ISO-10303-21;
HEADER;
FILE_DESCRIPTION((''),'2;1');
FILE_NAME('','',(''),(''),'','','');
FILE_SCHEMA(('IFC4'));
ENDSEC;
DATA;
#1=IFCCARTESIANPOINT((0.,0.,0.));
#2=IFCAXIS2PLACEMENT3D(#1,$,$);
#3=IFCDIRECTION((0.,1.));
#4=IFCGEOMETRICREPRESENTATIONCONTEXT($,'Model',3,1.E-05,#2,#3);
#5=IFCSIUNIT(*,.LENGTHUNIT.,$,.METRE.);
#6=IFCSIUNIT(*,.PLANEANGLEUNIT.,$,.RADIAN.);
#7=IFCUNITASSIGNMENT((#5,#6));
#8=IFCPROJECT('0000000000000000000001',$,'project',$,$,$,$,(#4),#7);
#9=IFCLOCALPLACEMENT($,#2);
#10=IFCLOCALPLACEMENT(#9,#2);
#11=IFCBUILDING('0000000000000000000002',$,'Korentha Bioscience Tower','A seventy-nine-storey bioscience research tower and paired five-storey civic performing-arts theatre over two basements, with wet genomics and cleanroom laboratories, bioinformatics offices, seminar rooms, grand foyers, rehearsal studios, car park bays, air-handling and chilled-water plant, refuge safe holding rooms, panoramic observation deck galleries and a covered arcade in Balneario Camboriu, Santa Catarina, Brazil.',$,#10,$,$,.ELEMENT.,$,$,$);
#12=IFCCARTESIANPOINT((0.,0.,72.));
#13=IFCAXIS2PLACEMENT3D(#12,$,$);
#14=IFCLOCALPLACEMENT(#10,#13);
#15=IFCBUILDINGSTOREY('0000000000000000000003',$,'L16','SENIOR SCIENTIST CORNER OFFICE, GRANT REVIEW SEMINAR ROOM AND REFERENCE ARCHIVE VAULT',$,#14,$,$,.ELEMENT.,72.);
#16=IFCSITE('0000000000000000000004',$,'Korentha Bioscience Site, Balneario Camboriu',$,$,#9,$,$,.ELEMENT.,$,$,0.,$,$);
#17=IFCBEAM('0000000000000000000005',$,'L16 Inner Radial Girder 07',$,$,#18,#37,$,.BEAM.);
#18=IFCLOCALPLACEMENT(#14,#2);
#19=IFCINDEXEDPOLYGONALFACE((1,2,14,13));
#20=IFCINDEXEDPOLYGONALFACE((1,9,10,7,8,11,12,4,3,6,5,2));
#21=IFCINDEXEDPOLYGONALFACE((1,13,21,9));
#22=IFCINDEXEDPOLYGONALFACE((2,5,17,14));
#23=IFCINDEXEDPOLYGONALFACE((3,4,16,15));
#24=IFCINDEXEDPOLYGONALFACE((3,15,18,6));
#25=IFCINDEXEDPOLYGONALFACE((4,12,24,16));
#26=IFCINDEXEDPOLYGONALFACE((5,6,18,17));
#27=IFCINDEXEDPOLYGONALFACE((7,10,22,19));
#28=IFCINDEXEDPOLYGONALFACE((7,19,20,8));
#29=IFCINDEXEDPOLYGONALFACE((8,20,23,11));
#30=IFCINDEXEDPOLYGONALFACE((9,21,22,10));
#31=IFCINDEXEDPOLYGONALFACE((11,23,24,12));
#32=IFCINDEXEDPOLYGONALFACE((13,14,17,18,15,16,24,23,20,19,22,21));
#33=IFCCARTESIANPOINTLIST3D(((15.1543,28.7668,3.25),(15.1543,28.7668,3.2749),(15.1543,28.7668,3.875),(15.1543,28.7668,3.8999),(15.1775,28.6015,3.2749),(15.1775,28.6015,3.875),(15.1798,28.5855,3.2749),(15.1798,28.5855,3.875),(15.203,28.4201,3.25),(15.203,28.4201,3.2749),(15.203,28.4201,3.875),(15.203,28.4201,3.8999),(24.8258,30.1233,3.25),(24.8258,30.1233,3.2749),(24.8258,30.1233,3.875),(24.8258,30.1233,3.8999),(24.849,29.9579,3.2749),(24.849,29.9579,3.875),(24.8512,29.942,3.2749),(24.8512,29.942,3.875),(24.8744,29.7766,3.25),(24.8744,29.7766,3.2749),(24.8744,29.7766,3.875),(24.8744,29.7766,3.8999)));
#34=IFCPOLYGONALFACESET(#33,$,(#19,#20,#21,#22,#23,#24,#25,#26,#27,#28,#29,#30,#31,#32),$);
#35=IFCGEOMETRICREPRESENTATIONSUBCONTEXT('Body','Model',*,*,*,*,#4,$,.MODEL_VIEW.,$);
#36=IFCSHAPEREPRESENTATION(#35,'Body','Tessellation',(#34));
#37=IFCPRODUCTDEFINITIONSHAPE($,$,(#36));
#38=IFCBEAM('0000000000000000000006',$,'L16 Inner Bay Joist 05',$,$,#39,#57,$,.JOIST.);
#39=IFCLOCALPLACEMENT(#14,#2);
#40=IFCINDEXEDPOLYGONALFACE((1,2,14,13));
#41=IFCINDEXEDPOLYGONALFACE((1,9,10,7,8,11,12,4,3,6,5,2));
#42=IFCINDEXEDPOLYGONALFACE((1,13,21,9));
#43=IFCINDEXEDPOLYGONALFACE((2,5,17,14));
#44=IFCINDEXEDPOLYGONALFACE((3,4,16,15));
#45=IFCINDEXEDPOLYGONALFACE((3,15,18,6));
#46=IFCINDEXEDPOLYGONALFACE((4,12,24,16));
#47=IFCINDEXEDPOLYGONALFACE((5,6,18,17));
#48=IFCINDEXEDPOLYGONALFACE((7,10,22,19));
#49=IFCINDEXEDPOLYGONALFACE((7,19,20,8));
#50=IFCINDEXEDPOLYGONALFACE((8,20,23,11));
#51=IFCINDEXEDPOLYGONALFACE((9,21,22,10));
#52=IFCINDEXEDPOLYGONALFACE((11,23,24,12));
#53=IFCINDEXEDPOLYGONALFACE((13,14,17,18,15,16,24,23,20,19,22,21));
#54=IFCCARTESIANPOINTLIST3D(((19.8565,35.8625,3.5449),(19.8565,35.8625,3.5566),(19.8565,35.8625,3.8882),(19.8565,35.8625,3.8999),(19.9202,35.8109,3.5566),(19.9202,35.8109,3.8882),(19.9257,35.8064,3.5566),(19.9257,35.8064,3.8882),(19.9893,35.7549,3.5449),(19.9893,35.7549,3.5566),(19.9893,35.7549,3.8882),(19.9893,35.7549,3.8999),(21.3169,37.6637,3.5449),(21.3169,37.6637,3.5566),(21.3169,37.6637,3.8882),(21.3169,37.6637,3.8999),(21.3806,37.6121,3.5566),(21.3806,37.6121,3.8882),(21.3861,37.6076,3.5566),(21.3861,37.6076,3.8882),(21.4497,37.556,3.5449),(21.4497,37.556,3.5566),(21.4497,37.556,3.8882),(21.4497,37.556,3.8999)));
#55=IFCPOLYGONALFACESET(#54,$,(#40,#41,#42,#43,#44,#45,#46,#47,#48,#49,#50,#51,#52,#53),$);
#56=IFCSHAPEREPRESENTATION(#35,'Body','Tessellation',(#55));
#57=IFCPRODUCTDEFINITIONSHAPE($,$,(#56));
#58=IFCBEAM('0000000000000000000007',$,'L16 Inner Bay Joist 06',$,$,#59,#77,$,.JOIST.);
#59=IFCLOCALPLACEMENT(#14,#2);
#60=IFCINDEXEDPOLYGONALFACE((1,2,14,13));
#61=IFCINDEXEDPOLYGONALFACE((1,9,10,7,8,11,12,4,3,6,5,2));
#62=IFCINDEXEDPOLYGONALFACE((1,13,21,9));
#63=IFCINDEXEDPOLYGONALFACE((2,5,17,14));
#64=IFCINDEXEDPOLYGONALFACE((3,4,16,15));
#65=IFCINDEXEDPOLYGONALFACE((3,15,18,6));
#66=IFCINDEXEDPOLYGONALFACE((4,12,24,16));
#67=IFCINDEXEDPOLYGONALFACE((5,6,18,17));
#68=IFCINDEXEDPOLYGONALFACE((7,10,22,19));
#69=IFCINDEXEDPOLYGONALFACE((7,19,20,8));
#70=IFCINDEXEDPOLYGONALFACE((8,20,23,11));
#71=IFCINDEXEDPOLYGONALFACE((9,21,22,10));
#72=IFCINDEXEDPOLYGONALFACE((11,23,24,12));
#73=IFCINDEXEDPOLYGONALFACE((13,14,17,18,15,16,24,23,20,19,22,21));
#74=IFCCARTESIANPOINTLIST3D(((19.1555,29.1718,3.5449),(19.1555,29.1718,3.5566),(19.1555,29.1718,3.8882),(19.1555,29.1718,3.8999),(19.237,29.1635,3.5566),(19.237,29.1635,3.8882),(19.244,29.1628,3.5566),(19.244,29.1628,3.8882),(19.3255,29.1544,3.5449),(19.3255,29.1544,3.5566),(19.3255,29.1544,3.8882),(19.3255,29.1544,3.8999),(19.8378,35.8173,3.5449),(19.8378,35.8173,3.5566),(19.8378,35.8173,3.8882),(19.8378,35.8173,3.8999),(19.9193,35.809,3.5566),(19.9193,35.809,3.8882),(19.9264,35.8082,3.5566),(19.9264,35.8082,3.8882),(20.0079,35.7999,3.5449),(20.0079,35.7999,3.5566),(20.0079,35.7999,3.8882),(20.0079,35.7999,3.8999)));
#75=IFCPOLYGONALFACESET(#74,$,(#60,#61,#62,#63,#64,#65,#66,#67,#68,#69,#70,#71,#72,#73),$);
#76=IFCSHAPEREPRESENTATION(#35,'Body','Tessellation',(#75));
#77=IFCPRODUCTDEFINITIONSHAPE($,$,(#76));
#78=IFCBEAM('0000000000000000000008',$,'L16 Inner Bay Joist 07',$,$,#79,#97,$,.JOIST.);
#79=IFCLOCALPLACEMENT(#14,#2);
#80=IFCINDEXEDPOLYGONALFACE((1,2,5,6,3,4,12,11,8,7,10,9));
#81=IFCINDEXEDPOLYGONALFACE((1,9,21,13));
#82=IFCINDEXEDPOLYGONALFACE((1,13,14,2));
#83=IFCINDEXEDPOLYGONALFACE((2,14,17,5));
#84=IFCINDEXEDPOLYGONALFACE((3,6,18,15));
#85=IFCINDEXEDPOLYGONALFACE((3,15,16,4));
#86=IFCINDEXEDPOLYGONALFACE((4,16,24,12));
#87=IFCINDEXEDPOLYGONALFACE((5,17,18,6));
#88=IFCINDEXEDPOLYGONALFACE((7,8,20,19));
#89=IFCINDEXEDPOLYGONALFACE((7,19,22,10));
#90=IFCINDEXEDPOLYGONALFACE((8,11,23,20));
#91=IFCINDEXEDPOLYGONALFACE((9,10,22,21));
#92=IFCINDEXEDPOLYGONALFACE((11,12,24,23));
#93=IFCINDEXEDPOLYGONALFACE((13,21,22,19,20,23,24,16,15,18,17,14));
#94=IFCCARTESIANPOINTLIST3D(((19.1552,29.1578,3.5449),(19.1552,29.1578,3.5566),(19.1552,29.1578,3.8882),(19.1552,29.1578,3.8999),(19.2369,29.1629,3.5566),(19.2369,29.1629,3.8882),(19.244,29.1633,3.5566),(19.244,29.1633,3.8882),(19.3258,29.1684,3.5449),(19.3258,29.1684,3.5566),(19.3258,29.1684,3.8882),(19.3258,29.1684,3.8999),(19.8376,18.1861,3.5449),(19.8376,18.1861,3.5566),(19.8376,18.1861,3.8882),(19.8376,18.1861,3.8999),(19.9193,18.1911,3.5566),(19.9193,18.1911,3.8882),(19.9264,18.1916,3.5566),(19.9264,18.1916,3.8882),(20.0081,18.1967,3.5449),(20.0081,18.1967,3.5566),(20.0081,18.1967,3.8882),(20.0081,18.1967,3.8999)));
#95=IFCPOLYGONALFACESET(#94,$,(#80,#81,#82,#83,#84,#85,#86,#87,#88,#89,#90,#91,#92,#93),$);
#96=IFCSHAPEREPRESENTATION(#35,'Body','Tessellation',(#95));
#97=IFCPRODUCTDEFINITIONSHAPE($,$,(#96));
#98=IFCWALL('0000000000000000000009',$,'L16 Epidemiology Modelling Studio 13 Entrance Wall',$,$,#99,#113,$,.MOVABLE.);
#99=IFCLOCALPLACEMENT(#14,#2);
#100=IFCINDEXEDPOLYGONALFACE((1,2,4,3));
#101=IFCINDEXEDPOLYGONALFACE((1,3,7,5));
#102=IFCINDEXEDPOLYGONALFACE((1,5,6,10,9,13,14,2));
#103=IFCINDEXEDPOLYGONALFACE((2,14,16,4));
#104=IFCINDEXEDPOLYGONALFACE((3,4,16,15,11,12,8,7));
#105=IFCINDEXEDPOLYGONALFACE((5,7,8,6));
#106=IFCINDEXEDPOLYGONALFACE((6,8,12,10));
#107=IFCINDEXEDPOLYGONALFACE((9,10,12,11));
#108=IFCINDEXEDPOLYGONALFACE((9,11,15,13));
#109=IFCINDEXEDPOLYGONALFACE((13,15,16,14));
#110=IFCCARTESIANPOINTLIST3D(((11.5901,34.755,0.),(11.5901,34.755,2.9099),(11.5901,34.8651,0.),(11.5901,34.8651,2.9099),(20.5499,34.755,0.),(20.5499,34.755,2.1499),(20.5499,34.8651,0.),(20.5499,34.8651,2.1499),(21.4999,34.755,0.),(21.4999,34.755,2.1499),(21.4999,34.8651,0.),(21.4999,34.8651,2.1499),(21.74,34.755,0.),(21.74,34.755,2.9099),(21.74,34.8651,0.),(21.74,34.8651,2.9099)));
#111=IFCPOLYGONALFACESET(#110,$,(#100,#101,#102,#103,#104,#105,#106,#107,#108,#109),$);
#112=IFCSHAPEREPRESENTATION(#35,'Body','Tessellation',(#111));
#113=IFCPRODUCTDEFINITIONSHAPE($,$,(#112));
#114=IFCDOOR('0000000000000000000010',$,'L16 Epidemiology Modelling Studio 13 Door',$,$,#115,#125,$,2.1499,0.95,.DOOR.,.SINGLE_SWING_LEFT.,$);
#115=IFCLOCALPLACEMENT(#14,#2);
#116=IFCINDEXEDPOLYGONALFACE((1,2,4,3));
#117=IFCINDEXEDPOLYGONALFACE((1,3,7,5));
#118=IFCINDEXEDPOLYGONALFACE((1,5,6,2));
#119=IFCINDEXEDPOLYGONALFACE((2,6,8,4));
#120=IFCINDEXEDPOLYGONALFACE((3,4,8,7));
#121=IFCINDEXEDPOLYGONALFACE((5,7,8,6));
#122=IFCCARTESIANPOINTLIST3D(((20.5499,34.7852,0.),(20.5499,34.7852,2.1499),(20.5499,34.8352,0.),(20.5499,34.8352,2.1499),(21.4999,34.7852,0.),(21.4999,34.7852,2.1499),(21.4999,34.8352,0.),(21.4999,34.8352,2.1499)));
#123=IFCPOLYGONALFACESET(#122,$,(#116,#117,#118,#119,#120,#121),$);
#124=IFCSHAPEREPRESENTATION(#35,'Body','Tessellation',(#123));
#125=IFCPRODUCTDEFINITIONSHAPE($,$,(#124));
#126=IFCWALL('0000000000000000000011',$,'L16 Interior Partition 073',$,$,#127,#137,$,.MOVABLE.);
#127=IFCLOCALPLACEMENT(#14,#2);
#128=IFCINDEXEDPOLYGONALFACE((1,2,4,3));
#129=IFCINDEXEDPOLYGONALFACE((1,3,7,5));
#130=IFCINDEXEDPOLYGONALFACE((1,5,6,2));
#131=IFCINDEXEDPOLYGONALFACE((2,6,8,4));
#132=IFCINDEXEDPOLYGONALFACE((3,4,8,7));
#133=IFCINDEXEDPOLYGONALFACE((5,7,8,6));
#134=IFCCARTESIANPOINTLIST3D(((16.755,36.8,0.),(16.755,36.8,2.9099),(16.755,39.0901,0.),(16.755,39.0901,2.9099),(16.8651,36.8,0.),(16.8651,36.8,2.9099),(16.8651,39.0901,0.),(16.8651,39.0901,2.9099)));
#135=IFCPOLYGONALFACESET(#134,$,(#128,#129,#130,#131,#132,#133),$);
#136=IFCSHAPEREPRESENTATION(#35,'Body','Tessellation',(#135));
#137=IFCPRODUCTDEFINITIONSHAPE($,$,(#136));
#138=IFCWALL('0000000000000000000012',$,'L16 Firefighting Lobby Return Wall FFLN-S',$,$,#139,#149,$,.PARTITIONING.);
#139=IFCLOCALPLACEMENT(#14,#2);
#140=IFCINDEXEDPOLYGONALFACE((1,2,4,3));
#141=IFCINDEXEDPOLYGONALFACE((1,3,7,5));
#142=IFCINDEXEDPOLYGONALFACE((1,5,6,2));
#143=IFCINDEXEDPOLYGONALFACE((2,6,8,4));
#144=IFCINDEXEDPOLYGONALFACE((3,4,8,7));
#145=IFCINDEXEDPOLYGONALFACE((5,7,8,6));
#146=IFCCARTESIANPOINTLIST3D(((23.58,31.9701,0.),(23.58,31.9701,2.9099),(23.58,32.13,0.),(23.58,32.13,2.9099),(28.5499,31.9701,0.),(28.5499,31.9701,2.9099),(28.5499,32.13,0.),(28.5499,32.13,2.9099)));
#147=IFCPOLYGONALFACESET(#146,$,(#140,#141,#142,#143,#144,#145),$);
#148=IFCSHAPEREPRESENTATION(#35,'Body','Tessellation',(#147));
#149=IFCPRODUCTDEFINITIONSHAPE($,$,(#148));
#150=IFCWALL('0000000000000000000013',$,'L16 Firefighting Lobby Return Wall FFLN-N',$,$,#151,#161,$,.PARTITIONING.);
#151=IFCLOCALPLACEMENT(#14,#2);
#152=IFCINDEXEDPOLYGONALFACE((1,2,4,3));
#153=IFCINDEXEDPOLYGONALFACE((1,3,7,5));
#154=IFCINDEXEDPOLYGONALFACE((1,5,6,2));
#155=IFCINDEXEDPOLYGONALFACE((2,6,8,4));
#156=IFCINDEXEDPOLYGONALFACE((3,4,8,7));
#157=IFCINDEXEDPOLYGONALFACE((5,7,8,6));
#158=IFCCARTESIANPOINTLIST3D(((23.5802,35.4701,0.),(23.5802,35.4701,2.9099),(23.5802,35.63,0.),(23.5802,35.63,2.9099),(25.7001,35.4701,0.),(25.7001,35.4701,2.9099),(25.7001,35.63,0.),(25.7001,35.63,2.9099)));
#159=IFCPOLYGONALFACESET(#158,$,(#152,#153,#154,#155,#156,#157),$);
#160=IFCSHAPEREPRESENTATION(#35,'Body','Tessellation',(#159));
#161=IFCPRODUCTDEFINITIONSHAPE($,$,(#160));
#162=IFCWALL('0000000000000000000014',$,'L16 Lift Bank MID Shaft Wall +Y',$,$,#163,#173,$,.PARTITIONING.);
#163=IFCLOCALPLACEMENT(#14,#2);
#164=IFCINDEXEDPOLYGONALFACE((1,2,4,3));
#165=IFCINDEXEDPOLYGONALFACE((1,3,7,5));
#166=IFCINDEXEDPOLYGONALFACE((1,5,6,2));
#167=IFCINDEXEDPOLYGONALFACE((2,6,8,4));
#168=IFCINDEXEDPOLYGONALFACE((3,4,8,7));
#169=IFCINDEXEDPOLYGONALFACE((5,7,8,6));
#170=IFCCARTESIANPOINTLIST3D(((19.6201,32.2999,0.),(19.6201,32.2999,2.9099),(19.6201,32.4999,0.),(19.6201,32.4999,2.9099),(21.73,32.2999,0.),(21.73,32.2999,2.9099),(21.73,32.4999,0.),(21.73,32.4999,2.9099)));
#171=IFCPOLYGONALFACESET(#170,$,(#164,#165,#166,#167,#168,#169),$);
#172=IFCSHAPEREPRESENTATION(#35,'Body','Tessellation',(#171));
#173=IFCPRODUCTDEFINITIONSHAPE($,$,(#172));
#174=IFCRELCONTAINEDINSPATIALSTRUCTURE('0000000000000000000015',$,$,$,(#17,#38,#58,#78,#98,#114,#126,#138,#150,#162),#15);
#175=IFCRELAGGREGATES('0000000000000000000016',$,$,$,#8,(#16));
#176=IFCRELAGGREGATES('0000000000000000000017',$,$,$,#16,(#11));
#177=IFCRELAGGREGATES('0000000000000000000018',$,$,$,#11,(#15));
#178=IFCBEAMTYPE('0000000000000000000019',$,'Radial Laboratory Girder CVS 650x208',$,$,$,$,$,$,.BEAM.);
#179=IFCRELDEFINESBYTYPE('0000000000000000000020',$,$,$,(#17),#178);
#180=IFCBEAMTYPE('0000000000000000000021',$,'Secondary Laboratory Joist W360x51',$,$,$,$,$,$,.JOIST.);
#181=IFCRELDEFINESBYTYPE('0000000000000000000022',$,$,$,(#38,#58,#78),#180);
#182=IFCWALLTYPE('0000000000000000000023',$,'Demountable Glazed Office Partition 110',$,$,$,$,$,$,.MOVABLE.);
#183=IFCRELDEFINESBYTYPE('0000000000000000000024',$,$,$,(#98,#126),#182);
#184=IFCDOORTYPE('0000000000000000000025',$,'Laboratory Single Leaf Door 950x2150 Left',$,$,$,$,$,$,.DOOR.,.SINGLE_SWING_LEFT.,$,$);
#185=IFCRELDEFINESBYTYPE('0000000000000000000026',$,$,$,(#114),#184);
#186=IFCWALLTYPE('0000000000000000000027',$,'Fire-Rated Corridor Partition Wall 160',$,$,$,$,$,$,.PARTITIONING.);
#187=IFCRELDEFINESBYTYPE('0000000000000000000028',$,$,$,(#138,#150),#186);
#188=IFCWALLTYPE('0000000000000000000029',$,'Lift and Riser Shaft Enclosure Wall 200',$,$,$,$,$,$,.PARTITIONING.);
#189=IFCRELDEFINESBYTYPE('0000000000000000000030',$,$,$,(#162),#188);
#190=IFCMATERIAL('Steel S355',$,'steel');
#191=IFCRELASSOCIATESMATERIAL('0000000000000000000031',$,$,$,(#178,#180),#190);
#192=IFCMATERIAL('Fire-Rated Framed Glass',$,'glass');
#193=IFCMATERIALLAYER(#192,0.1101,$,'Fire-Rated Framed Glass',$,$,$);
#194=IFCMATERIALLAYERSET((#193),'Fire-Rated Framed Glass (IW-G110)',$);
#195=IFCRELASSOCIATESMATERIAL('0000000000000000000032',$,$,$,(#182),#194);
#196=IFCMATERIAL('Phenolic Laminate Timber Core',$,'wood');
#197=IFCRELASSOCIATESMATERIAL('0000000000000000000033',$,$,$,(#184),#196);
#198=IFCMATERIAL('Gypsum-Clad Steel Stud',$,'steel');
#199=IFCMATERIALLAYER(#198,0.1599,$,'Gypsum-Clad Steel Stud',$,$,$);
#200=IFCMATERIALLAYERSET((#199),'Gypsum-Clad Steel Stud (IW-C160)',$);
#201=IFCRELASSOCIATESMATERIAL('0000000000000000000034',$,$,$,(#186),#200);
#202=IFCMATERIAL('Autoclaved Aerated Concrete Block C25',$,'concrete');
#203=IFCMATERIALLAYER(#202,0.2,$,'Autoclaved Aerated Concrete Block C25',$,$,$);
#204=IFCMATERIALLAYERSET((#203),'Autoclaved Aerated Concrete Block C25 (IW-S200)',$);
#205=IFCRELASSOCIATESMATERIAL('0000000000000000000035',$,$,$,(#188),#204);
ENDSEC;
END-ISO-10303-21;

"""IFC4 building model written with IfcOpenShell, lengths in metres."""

from ifc_helpers import new_model, si_unit, direction, frame, frame_2d, origin, origin_2d, place, context, subcontext, project, spatial, rectangle, i_section, extrude, material, layer, layer_set, material_profile, profile_set, type_object, element, fill, save


model = new_model("IFC4")

# Units and contexts
model_context = context("Model", 3, precision=1e-05, world=origin(), true_north=direction((0.0, 1.0)))
body_context = subcontext(model_context, "Body", "Model", "MODEL_VIEW")
ifc_project = project(units=[si_unit("LENGTHUNIT", "METRE"), si_unit("PLANEANGLEUNIT", "RADIAN")], contexts=[model_context])

# Site, building, storey
site_placement = place(None, origin())
site = spatial("IfcSite", under=ifc_project, at=site_placement, Name="Korentha Bioscience Site, Balneario Camboriu", CompositionType="ELEMENT", RefElevation=0.0)
building_placement = place(site_placement, origin())
building = spatial("IfcBuilding", under=site, at=building_placement, Name="Korentha Bioscience Tower", Description="A seventy-nine-storey bioscience research tower and paired five-storey civic performing-arts theatre over two basements, with wet genomics and cleanroom laboratories, bioinformatics offices, seminar rooms, grand foyers, rehearsal studios, car park bays, air-handling and chilled-water plant, refuge safe holding rooms, panoramic observation deck galleries and a covered arcade in Balneario Camboriu, Santa Catarina, Brazil.", CompositionType="ELEMENT")
storey_placement = place(building_placement, frame((0.0, 0.0, 72.0)))
storey = spatial("IfcBuildingStorey", under=building, at=storey_placement, Name="L16", Description="SENIOR SCIENTIST CORNER OFFICE, GRANT REVIEW SEMINAR ROOM AND REFERENCE ARCHIVE VAULT", CompositionType="ELEMENT", Elevation=72.0)

# Beams
ifc_material_1 = material(Name="Steel S355", Category="steel")
ifc_material_profile_1 = material_profile(ifc_material_1, i_section(OverallWidth=0.3501, OverallDepth=0.6499, WebThickness=0.0161, FlangeThickness=0.0249, at=origin_2d()), Name="Steel S355")
ifc_profile_set_1 = profile_set([ifc_material_profile_1], Name="Steel S355 (RB-650)")
beam_type_1 = type_object("IfcBeamType", Name="Radial Laboratory Girder CVS 650x208", PredefinedType="BEAM", material=ifc_profile_set_1)
beam_1_placement = place(storey_placement, frame((24.8501, 29.95, 3.575), z_axis=(-0.990307, -0.138894, 0.0), x_axis=(0.138894, -0.990307, 0.0)))
element("IfcBeam", 1, at=beam_1_placement, inside=storey, type_object=beam_type_1, Name="L16 Inner Radial Girder 07", PredefinedType="BEAM", context=body_context, shape_type="SweptSolid", body=[
    extrude(i_section(OverallWidth=0.3501, OverallDepth=0.6499, WebThickness=0.0161, FlangeThickness=0.0249, at=origin_2d()), origin(), (0.0, 0.0, 1.0), 9.7661),
])
ifc_material_profile_2 = material_profile(ifc_material_1, i_section(OverallWidth=0.1709, OverallDepth=0.355, WebThickness=0.0071, FlangeThickness=0.0117, at=origin_2d()), Name="Steel S355")
ifc_profile_set_2 = profile_set([ifc_material_profile_2], Name="Steel S355 (JB-360)")
beam_type_2 = type_object("IfcBeamType", Name="Secondary Laboratory Joist W360x51", PredefinedType="JOIST", material=ifc_profile_set_2)
beam_2_placement = place(storey_placement, frame((21.3833, 37.6099, 3.7224), z_axis=(-0.629792, -0.776764, 0.0), x_axis=(0.776764, -0.629792, 0.0)))
element("IfcBeam", 2, at=beam_2_placement, inside=storey, type_object=beam_type_2, Name="L16 Inner Bay Joist 05", PredefinedType="JOIST", context=body_context, shape_type="SweptSolid", body=[
    extrude(i_section(OverallWidth=0.1709, OverallDepth=0.355, WebThickness=0.0071, FlangeThickness=0.0117, at=origin_2d()), origin(), (0.0, 0.0, 1.0), 2.3188),
])
beam_3_placement = place(storey_placement, frame((19.9229, 35.8086, 3.7224), z_axis=(-0.102145, -0.99477, 0.0), x_axis=(0.99477, -0.102145, 0.0)))
element("IfcBeam", 3, at=beam_3_placement, inside=storey, type_object=beam_type_2, Name="L16 Inner Bay Joist 06", PredefinedType="JOIST", context=body_context, shape_type="SweptSolid", body=[
    extrude(i_section(OverallWidth=0.1709, OverallDepth=0.355, WebThickness=0.0071, FlangeThickness=0.0117, at=origin_2d()), origin(), (0.0, 0.0, 1.0), 6.6804),
])
beam_4_placement = place(storey_placement, frame((19.2405, 29.1631, 3.7224), z_axis=(0.062074, -0.998072, 0.0), x_axis=(0.998072, 0.062074, 0.0)))
element("IfcBeam", 4, at=beam_4_placement, inside=storey, type_object=beam_type_2, Name="L16 Inner Bay Joist 07", PredefinedType="JOIST", context=body_context, shape_type="SweptSolid", body=[
    extrude(i_section(OverallWidth=0.1709, OverallDepth=0.355, WebThickness=0.0071, FlangeThickness=0.0117, at=origin_2d()), origin(), (0.0, 0.0, 1.0), 10.9929),
])

# Wall, opening, door
ifc_material_2 = material(Name="Fire-Rated Framed Glass", Category="glass")
ifc_layer_1 = layer(ifc_material_2, 0.1101, Name="Fire-Rated Framed Glass")
ifc_layer_set_1 = layer_set([ifc_layer_1], Name="Fire-Rated Framed Glass (IW-G110)")
wall_type_1 = type_object("IfcWallType", Name="Demountable Glazed Office Partition 110", PredefinedType="MOVABLE", material=ifc_layer_set_1)
wall_1_placement = place(storey_placement, frame((21.74, 34.8101, 0.0), z_axis=(0.0, 0.0, 1.0), x_axis=(-1.0, 0.0, 0.0)))
wall_1 = element("IfcWall", 5, at=wall_1_placement, inside=storey, type_object=wall_type_1, Name="L16 Epidemiology Modelling Studio 13 Entrance Wall", PredefinedType="MOVABLE", context=body_context, shape_type="SweptSolid", body=[
    extrude(rectangle(XDim=10.1499, YDim=0.1101, at=frame_2d((5.075, 0.0))), origin(), (0.0, 0.0, 1.0), 2.9099),
])
opening_1_placement = place(wall_1_placement, frame((0.24, 0.0, 0.0)))
opening_1 = element("IfcOpeningElement", 6, at=opening_1_placement, cuts=wall_1, PredefinedType="OPENING", context=body_context, shape_type="SweptSolid", body=[
    extrude(rectangle(XDim=0.95, YDim=2.1499, at=frame_2d((0.4751, 1.075))), frame((0.0, 0.0698, 0.0), z_axis=(0.0, -1.0, 0.0), x_axis=(1.0, 0.0, 0.0)), (0.0, 0.0, 1.0), 0.1399),
])
ifc_material_3 = material(Name="Phenolic Laminate Timber Core", Category="wood")
door_type_1 = type_object("IfcDoorType", Name="Laboratory Single Leaf Door 950x2150 Left", OperationType="SINGLE_SWING_LEFT", PredefinedType="DOOR", material=ifc_material_3)
door_1_placement = place(opening_1_placement, origin())
door_1 = element("IfcDoor", 7, at=door_1_placement, inside=storey, type_object=door_type_1, Name="L16 Epidemiology Modelling Studio 13 Door", OperationType="SINGLE_SWING_LEFT", OverallHeight=2.1499, OverallWidth=0.95, PredefinedType="DOOR", context=body_context, shape_type="SweptSolid", body=[
    extrude(rectangle(XDim=0.95, YDim=2.1499, at=frame_2d((0.4751, 1.075))), frame((0.0, 0.0249, 0.0), z_axis=(0.0, -1.0, 0.0), x_axis=(1.0, 0.0, 0.0)), (0.0, 0.0, 1.0), 0.05),
])
fill(opening_1, door_1)

# Wall
wall_2_placement = place(storey_placement, frame((16.8101, 36.8, 0.0), z_axis=(0.0, 0.0, 1.0), x_axis=(0.0, 1.0, 0.0)))
element("IfcWall", 8, at=wall_2_placement, inside=storey, type_object=wall_type_1, Name="L16 Interior Partition 073", PredefinedType="MOVABLE", context=body_context, shape_type="SweptSolid", body=[
    extrude(rectangle(XDim=2.29, YDim=0.1101, at=frame_2d((1.145, 0.0))), origin(), (0.0, 0.0, 1.0), 2.9099),
])

# Shared definitions
ifc_material_4 = material(Name="Gypsum-Clad Steel Stud", Category="steel")
ifc_layer_2 = layer(ifc_material_4, 0.1599, Name="Gypsum-Clad Steel Stud")
ifc_layer_set_2 = layer_set([ifc_layer_2], Name="Gypsum-Clad Steel Stud (IW-C160)")
wall_type_2 = type_object("IfcWallType", Name="Fire-Rated Corridor Partition Wall 160", PredefinedType="PARTITIONING", material=ifc_layer_set_2)

# Walls
wall_3_placement = place(storey_placement, frame((23.5801, 32.05, 0.0), z_axis=(0.0, 0.0, 1.0), x_axis=(1.0, 0.0, 0.0)))
element("IfcWall", 9, at=wall_3_placement, inside=storey, type_object=wall_type_2, Name="L16 Firefighting Lobby Return Wall FFLN-S", PredefinedType="PARTITIONING", context=body_context, shape_type="SweptSolid", body=[
    extrude(rectangle(XDim=4.97, YDim=0.1599, at=frame_2d((2.4849, 0.0))), origin(), (0.0, 0.0, 1.0), 2.9099),
])
wall_4_placement = place(storey_placement, frame((23.5801, 35.55, 0.0), z_axis=(0.0, 0.0, 1.0), x_axis=(1.0, 0.0, 0.0)))
element("IfcWall", 10, at=wall_4_placement, inside=storey, type_object=wall_type_2, Name="L16 Firefighting Lobby Return Wall FFLN-N", PredefinedType="PARTITIONING", context=body_context, shape_type="SweptSolid", body=[
    extrude(rectangle(XDim=2.1199, YDim=0.1599, at=frame_2d((1.0601, 0.0))), origin(), (0.0, 0.0, 1.0), 2.9099),
])
ifc_material_5 = material(Name="Autoclaved Aerated Concrete Block C25", Category="concrete")
ifc_layer_3 = layer(ifc_material_5, 0.2, Name="Autoclaved Aerated Concrete Block C25")
ifc_layer_set_3 = layer_set([ifc_layer_3], Name="Autoclaved Aerated Concrete Block C25 (IW-S200)")
wall_type_3 = type_object("IfcWallType", Name="Lift and Riser Shaft Enclosure Wall 200", PredefinedType="PARTITIONING", material=ifc_layer_set_3)
wall_5_placement = place(storey_placement, frame((19.6201, 32.3999, 0.0), z_axis=(0.0, 0.0, 1.0), x_axis=(1.0, 0.0, 0.0)))
element("IfcWall", 11, at=wall_5_placement, inside=storey, type_object=wall_type_3, Name="L16 Lift Bank MID Shaft Wall +Y", PredefinedType="PARTITIONING", context=body_context, shape_type="SweptSolid", body=[
    extrude(rectangle(XDim=2.1099, YDim=0.2, at=frame_2d((1.0549, 0.0))), origin(), (0.0, 0.0, 1.0), 2.9099),
])

save(model, "model.ifc")
